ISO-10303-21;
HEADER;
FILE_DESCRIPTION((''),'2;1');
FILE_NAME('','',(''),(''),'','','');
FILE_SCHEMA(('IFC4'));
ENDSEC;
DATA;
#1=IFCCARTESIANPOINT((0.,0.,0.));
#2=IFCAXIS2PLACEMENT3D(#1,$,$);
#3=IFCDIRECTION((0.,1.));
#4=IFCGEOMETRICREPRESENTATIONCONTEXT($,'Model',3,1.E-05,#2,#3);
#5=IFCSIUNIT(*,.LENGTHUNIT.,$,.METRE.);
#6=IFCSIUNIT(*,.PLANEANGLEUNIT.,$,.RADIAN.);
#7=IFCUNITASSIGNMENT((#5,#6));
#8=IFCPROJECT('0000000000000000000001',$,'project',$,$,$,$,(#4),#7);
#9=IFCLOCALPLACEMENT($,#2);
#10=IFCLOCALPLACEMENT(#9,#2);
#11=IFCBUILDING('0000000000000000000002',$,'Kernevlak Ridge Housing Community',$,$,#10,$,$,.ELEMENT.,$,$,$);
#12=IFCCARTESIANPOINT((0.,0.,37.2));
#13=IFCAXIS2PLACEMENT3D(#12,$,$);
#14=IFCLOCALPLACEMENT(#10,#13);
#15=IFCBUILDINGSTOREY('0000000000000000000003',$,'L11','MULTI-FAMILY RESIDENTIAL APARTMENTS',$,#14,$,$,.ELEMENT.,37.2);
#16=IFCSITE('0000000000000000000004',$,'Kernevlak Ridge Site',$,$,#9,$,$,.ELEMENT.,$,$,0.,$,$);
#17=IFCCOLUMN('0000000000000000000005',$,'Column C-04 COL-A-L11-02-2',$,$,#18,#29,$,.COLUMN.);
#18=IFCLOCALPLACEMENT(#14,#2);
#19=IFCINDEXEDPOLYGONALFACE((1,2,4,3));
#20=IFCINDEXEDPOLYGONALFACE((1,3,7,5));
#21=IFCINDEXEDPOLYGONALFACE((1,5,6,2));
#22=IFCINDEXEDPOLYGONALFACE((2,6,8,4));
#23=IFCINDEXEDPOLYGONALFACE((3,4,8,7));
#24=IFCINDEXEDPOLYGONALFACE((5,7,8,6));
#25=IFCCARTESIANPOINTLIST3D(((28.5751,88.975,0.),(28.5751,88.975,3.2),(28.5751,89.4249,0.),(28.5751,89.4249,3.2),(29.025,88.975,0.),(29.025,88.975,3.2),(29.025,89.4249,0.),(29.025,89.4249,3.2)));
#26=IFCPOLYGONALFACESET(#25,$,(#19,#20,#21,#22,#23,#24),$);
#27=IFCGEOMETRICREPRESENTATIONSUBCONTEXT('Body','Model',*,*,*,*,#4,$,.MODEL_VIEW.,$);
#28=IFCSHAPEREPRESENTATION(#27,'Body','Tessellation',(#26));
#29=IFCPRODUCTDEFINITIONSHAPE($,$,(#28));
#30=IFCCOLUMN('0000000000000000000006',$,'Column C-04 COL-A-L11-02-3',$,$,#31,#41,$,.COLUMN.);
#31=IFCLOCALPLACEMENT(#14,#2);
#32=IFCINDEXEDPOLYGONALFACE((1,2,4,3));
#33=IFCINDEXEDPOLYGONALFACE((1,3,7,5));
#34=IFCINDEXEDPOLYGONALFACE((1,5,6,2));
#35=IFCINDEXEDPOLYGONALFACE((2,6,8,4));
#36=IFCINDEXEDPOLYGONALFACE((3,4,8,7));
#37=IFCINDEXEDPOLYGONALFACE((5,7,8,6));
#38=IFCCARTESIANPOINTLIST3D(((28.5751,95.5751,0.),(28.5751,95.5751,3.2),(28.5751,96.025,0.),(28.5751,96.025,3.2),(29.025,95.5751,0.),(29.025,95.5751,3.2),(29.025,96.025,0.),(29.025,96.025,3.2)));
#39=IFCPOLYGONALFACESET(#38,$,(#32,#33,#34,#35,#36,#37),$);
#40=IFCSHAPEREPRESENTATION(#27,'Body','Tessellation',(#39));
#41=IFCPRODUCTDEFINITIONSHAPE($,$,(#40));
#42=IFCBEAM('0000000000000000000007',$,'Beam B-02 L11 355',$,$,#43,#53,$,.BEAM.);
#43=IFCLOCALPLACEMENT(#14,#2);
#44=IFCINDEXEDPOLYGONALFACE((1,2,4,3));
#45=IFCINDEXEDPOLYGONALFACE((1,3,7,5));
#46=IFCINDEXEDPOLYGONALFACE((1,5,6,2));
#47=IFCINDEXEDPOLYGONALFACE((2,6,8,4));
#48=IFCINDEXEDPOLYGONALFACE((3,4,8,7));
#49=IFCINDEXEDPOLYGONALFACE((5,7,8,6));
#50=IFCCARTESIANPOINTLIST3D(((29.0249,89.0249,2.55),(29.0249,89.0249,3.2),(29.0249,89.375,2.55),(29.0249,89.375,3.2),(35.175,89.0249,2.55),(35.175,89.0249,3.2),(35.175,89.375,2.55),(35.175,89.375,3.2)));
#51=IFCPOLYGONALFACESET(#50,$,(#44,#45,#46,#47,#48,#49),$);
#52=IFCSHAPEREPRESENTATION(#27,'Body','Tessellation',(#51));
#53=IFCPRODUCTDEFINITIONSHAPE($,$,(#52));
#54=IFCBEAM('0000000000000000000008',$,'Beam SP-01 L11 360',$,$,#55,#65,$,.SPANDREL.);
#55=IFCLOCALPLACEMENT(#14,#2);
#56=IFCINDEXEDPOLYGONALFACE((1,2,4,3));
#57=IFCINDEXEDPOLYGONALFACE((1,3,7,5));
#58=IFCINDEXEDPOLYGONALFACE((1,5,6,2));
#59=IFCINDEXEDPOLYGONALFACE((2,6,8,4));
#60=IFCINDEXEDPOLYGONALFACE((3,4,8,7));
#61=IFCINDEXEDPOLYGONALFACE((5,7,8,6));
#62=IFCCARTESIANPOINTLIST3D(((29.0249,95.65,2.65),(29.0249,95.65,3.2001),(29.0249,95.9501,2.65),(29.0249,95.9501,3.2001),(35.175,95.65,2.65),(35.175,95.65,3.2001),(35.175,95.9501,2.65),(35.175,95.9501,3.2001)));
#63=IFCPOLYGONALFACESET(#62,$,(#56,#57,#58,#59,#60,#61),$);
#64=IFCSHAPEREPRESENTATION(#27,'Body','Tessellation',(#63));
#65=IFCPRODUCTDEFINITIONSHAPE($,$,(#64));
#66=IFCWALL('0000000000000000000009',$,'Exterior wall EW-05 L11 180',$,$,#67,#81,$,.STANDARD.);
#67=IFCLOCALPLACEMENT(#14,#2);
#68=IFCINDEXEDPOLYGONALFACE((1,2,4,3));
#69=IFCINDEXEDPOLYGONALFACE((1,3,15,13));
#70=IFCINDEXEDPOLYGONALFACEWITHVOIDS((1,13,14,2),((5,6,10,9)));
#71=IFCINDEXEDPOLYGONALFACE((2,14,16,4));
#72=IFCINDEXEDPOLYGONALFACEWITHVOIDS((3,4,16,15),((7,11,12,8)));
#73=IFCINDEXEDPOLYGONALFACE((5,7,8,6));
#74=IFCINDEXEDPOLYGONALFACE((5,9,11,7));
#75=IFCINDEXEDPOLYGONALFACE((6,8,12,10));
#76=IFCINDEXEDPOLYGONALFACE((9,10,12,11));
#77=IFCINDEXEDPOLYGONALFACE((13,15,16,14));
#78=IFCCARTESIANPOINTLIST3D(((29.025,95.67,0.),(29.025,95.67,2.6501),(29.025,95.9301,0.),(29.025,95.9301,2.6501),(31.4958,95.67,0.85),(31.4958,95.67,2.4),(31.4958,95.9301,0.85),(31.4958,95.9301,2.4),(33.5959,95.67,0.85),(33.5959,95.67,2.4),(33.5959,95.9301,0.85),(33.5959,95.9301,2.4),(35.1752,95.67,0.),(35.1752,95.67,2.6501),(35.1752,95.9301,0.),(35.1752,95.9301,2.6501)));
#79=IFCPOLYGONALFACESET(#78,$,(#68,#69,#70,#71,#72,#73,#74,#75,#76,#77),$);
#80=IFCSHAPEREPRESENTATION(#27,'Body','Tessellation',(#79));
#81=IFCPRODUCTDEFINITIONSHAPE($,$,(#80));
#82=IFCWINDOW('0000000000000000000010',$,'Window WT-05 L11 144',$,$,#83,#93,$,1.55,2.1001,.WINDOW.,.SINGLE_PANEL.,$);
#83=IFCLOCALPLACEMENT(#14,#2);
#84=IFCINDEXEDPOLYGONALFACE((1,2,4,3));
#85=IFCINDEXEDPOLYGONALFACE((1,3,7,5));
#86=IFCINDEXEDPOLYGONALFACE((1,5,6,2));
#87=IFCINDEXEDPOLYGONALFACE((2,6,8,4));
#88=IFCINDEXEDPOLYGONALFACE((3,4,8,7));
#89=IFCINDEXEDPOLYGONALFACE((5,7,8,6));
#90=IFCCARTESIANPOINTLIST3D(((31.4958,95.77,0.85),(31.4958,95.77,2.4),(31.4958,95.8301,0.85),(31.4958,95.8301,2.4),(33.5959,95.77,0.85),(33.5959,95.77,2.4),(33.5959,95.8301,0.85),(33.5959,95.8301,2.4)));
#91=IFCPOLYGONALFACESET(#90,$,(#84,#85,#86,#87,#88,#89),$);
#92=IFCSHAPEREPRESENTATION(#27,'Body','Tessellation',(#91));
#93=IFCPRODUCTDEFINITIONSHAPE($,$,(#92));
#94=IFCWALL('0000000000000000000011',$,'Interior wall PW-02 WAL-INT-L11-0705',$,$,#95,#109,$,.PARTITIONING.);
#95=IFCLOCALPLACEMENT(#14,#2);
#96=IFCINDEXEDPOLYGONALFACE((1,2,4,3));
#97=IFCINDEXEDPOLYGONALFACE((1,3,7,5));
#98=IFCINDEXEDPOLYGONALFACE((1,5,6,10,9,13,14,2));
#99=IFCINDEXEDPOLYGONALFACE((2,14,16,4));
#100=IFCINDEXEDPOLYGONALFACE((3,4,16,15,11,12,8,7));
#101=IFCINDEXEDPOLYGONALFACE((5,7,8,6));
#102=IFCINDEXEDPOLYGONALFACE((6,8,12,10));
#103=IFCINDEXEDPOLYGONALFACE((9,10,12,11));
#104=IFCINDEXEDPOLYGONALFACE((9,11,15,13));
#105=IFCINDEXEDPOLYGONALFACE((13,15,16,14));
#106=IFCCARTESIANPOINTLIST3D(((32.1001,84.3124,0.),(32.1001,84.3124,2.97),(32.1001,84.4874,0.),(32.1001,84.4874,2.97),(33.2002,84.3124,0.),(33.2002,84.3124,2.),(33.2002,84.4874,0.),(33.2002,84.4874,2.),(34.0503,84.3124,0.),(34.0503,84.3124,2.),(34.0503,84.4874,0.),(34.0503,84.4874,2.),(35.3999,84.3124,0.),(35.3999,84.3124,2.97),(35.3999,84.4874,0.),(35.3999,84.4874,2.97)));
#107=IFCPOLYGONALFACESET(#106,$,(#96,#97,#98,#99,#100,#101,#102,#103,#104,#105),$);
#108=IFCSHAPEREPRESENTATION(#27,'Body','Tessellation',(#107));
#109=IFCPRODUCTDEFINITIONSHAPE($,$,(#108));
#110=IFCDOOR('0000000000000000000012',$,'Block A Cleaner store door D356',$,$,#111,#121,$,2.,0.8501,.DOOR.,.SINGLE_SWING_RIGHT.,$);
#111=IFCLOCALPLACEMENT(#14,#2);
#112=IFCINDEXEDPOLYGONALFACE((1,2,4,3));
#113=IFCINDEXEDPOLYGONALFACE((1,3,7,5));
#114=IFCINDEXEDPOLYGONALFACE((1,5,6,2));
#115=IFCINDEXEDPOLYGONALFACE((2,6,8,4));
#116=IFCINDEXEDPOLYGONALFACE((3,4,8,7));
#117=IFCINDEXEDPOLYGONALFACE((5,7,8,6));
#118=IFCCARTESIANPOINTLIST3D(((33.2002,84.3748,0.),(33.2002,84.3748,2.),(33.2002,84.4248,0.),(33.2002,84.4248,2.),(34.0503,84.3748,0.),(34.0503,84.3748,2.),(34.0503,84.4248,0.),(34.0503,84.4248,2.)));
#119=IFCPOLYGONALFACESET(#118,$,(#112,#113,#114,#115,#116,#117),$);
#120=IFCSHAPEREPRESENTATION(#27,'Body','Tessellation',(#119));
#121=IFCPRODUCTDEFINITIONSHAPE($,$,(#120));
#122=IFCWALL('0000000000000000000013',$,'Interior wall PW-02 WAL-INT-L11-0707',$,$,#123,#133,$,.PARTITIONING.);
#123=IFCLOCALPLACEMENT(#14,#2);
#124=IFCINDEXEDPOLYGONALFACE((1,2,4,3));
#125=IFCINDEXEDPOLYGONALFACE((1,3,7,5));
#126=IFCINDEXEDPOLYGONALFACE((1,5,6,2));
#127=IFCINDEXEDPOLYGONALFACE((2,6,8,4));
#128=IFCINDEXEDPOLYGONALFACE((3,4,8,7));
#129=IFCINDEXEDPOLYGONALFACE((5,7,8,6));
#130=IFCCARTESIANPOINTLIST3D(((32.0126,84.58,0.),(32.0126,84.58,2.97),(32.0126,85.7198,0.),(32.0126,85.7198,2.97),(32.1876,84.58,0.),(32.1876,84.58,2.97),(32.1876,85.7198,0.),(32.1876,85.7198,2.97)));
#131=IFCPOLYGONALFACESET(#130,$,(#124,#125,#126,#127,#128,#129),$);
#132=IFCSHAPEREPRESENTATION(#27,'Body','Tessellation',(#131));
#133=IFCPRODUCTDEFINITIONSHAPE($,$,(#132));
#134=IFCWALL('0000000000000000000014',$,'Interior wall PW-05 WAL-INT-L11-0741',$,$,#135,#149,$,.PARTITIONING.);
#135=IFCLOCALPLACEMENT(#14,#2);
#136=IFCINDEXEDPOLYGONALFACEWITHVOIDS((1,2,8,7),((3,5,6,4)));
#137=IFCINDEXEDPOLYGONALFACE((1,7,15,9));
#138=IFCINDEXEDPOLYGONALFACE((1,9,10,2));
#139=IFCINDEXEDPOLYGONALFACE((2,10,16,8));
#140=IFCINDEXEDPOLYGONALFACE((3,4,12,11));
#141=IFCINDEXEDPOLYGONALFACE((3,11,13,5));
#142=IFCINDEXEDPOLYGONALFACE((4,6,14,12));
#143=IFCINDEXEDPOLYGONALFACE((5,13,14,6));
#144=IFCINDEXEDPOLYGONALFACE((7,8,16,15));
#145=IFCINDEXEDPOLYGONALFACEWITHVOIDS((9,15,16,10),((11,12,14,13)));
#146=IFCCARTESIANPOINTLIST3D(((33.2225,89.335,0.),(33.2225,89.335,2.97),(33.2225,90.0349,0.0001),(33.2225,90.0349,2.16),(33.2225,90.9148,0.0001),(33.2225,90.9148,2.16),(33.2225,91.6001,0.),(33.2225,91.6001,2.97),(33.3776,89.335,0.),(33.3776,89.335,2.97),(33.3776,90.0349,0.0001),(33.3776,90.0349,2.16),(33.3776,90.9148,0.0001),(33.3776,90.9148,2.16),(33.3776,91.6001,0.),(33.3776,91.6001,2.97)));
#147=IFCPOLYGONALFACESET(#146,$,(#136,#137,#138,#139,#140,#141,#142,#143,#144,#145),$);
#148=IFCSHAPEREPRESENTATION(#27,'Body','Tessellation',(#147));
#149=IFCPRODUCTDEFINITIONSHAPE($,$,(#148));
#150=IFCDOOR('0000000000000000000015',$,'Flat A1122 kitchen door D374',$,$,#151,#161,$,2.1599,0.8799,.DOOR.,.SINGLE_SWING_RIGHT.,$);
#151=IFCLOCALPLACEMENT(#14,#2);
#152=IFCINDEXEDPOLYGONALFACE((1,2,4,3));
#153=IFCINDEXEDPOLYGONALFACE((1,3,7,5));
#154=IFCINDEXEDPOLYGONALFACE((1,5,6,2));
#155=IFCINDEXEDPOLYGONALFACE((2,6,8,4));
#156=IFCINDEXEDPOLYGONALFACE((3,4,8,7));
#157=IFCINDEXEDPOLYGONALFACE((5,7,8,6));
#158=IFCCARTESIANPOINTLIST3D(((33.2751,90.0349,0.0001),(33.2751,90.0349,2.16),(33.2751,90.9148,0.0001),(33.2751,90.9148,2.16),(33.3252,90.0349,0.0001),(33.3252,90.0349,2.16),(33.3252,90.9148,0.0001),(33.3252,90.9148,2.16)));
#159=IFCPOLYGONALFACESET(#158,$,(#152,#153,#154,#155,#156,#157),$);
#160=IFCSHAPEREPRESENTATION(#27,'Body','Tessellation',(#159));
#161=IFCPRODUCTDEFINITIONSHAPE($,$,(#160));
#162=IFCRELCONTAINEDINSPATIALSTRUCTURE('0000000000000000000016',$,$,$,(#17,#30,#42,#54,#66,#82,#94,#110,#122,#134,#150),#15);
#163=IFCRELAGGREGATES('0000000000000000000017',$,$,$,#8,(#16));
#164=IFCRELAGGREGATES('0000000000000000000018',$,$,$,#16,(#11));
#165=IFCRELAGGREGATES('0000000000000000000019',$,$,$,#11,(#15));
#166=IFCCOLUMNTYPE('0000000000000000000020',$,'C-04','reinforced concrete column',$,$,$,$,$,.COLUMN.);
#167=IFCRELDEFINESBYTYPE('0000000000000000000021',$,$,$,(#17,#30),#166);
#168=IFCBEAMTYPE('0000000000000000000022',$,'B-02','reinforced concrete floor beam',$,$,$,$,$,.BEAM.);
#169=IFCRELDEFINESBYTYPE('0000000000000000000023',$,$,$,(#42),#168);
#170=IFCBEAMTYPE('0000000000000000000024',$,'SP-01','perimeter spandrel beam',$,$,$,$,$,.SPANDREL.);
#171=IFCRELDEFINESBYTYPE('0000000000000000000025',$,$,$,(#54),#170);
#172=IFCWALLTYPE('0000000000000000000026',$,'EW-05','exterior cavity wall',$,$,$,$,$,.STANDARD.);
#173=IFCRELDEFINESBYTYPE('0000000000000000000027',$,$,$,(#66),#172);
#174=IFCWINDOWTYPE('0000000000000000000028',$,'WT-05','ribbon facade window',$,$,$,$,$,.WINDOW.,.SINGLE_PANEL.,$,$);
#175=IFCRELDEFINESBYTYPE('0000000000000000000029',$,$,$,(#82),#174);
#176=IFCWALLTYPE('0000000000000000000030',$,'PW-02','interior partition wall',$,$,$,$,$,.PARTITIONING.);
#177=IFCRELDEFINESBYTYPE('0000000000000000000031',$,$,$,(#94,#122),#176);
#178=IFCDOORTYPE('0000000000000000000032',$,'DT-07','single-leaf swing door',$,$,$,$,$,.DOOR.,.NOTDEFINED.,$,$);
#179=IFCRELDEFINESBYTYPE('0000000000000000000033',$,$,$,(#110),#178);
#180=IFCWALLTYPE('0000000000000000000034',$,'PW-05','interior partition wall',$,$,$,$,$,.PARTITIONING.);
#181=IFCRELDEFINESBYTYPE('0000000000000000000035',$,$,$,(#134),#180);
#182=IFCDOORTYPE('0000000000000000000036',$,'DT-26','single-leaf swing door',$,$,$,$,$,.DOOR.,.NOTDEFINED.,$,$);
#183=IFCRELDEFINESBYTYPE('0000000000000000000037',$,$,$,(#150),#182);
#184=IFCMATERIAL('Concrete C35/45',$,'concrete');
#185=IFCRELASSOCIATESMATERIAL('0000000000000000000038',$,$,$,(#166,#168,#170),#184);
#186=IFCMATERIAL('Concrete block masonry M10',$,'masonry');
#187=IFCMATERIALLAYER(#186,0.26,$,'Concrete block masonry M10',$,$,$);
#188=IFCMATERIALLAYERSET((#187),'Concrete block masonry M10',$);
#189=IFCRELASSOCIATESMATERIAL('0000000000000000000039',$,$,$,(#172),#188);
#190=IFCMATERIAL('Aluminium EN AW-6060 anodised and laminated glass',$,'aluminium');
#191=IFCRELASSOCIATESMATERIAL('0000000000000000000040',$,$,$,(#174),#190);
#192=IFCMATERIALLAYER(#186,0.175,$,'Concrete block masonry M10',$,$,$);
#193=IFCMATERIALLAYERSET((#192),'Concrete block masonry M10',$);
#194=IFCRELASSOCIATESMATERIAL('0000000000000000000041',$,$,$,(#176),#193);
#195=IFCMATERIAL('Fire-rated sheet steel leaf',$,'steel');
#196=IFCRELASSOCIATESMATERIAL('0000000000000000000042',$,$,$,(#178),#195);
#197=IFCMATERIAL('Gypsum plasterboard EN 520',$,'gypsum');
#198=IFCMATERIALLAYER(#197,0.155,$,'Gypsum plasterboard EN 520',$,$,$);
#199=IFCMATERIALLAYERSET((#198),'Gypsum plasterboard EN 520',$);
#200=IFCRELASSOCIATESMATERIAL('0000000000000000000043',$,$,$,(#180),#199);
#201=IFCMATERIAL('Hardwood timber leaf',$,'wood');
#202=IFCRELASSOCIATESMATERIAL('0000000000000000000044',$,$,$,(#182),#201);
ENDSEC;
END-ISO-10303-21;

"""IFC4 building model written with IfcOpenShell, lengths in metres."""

from ifc_helpers import new_model, si_unit, direction, frame, frame_2d, origin, origin_2d, place, context, subcontext, project, spatial, rectangle, extrude, material, layer, layer_set, material_profile, profile_set, type_object, element, fill, save


model = new_model("IFC4")

# Units and contexts
model_context = context("Model", 3, precision=1e-05, world=origin(), true_north=direction((0.0, 1.0)))
body_context = subcontext(model_context, "Body", "Model", "MODEL_VIEW")
ifc_project = project(units=[si_unit("LENGTHUNIT", "METRE"), si_unit("PLANEANGLEUNIT", "RADIAN")], contexts=[model_context])

# Site, building, storey
site_placement = place(None, origin())
site = spatial("IfcSite", under=ifc_project, at=site_placement, Name="Kernevlak Ridge Site", CompositionType="ELEMENT", RefElevation=0.0)
building_placement = place(site_placement, origin())
building = spatial("IfcBuilding", under=site, at=building_placement, Name="Kernevlak Ridge Housing Community", CompositionType="ELEMENT")
storey_placement = place(building_placement, frame((0.0, 0.0, 37.2)))
storey = spatial("IfcBuildingStorey", under=building, at=storey_placement, Name="L11", Description="MULTI-FAMILY RESIDENTIAL APARTMENTS", CompositionType="ELEMENT", Elevation=37.2)

# Columns
ifc_material_1 = material(Name="Concrete C35/45", Category="concrete")
ifc_material_profile_1 = material_profile(ifc_material_1, rectangle(XDim=0.45, YDim=0.45, at=origin_2d()), Name="RC 450x450")
ifc_profile_set_1 = profile_set([ifc_material_profile_1], Name="Concrete C35/45")
column_type = type_object("IfcColumnType", Name="C-04", Description="reinforced concrete column", PredefinedType="COLUMN", material=ifc_profile_set_1)
for number, where, z_axis, x_axis, name in (
    (1, (28.8, 89.2, 0.0), (0.0, 0.0, 1.0), (1.0, 0.0, 0.0), "Column C-04 COL-A-L11-02-2"),
    (2, (28.8, 95.8, 0.0), (0.0, 0.0, 1.0), (1.0, 0.0, 0.0), "Column C-04 COL-A-L11-02-3"),
):
    element("IfcColumn", number, at=place(storey_placement, frame(where, z_axis=z_axis, x_axis=x_axis)), inside=storey, type_object=column_type, Name=name, PredefinedType="COLUMN", context=body_context, shape_type="SweptSolid", body=[
        extrude(rectangle(XDim=0.45, YDim=0.45, at=origin_2d()), origin(), (0.0, 0.0, 1.0), 3.2),
    ])

# Beams
ifc_material_profile_2 = material_profile(ifc_material_1, rectangle(XDim=0.3501, YDim=0.6499, at=origin_2d()), Name="RC 350x650")
ifc_profile_set_2 = profile_set([ifc_material_profile_2], Name="Concrete C35/45")
beam_type_1 = type_object("IfcBeamType", Name="B-02", Description="reinforced concrete floor beam", PredefinedType="BEAM", material=ifc_profile_set_2)
beam_1_placement = place(storey_placement, frame((29.0249, 89.2, 2.875), z_axis=(1.0, 0.0, 0.0), x_axis=(0.0, 1.0, 0.0)))
element("IfcBeam", 3, at=beam_1_placement, inside=storey, type_object=beam_type_1, Name="Beam B-02 L11 355", PredefinedType="BEAM", context=body_context, shape_type="SweptSolid", body=[
    extrude(rectangle(XDim=0.3501, YDim=0.6499, at=origin_2d()), origin(), (0.0, 0.0, 1.0), 6.1501),
])
ifc_material_profile_3 = material_profile(ifc_material_1, rectangle(XDim=0.3, YDim=0.55, at=origin_2d()), Name="RC 300x550")
ifc_profile_set_3 = profile_set([ifc_material_profile_3], Name="Concrete C35/45")
beam_type_2 = type_object("IfcBeamType", Name="SP-01", Description="perimeter spandrel beam", PredefinedType="SPANDREL", material=ifc_profile_set_3)
beam_2_placement = place(storey_placement, frame((29.0249, 95.8, 2.925), z_axis=(1.0, 0.0, 0.0), x_axis=(0.0, 1.0, 0.0)))
element("IfcBeam", 4, at=beam_2_placement, inside=storey, type_object=beam_type_2, Name="Beam SP-01 L11 360", PredefinedType="SPANDREL", context=body_context, shape_type="SweptSolid", body=[
    extrude(rectangle(XDim=0.3, YDim=0.55, at=origin_2d()), origin(), (0.0, 0.0, 1.0), 6.1501),
])

# Wall, opening, window
ifc_material_2 = material(Name="Concrete block masonry M10", Category="masonry")
ifc_layer_1 = layer(ifc_material_2, 0.26, Name="Concrete block masonry M10")
ifc_layer_set_1 = layer_set([ifc_layer_1], Name="Concrete block masonry M10")
wall_type_1 = type_object("IfcWallType", Name="EW-05", Description="exterior cavity wall", PredefinedType="STANDARD", material=ifc_layer_set_1)
wall_1_placement = place(storey_placement, frame((29.0249, 95.8, 0.0), z_axis=(0.0, 0.0, 1.0), x_axis=(1.0, 0.0, 0.0)))
wall_1 = element("IfcWall", 5, at=wall_1_placement, inside=storey, type_object=wall_type_1, Name="Exterior wall EW-05 L11 180", PredefinedType="STANDARD", context=body_context, shape_type="SweptSolid", body=[
    extrude(rectangle(XDim=6.1501, YDim=0.26, at=frame_2d((3.0752, 0.0))), origin(), (0.0, 0.0, 1.0), 2.6501),
])
opening_1_placement = place(wall_1_placement, frame((2.4709, 0.0, 0.8501)))
opening_1 = element("IfcOpeningElement", 6, at=opening_1_placement, cuts=wall_1, PredefinedType="OPENING", context=body_context, shape_type="SweptSolid", body=[
    extrude(rectangle(XDim=2.1001, YDim=1.55, at=frame_2d((1.05, 0.7749))), frame((0.0, 0.1399, 0.0), z_axis=(0.0, -1.0, 0.0), x_axis=(1.0, 0.0, 0.0)), (0.0, 0.0, 1.0), 0.28),
])
ifc_material_3 = material(Name="Aluminium EN AW-6060 anodised and laminated glass", Category="aluminium")
window_type = type_object("IfcWindowType", Name="WT-05", Description="ribbon facade window", PartitioningType="SINGLE_PANEL", PredefinedType="WINDOW", material=ifc_material_3)
window_placement = place(opening_1_placement, origin())
window = element("IfcWindow", 7, at=window_placement, inside=storey, type_object=window_type, Name="Window WT-05 L11 144", OverallHeight=1.55, OverallWidth=2.1001, PartitioningType="SINGLE_PANEL", PredefinedType="WINDOW", context=body_context, shape_type="SweptSolid", body=[
    extrude(rectangle(XDim=2.1001, YDim=1.55, at=frame_2d((1.05, 0.7749))), frame((0.0, 0.03, 0.0), z_axis=(0.0, -1.0, 0.0), x_axis=(1.0, 0.0, 0.0)), (0.0, 0.0, 1.0), 0.0601),
])
fill(opening_1, window)

# Wall, opening, door
ifc_layer_2 = layer(ifc_material_2, 0.175, Name="Concrete block masonry M10")
ifc_layer_set_2 = layer_set([ifc_layer_2], Name="Concrete block masonry M10")
wall_type_2 = type_object("IfcWallType", Name="PW-02", Description="interior partition wall", PredefinedType="PARTITIONING", material=ifc_layer_set_2)
wall_2_placement = place(storey_placement, frame((32.1001, 84.3999, 0.0), z_axis=(0.0, 0.0, 1.0), x_axis=(1.0, 0.0, 0.0)))
wall_2 = element("IfcWall", 8, at=wall_2_placement, inside=storey, type_object=wall_type_2, Name="Interior wall PW-02 WAL-INT-L11-0705", PredefinedType="PARTITIONING", context=body_context, shape_type="SweptSolid", body=[
    extrude(rectangle(XDim=3.2998, YDim=0.175, at=frame_2d((1.6499, 0.0))), origin(), (0.0, 0.0, 1.0), 2.97),
])
opening_2_placement = place(wall_2_placement, frame((1.1001, 0.0, 0.0)))
opening_2 = element("IfcOpeningElement", 9, at=opening_2_placement, cuts=wall_2, PredefinedType="OPENING", context=body_context, shape_type="SweptSolid", body=[
    extrude(rectangle(XDim=0.8501, YDim=2.0, at=frame_2d((0.425, 1.0))), frame((0.0, 0.0974, 0.0), z_axis=(0.0, -1.0, 0.0), x_axis=(1.0, 0.0, 0.0)), (0.0, 0.0, 1.0), 0.1951),
])
ifc_material_4 = material(Name="Fire-rated sheet steel leaf", Category="steel")
door_type_1 = type_object("IfcDoorType", Name="DT-07", Description="single-leaf swing door", OperationType="NOTDEFINED", PredefinedType="DOOR", material=ifc_material_4)
door_1_placement = place(opening_2_placement, origin())
door_1 = element("IfcDoor", 10, at=door_1_placement, inside=storey, type_object=door_type_1, Name="Block A Cleaner store door D356", OperationType="SINGLE_SWING_RIGHT", OverallHeight=2.0, OverallWidth=0.8501, PredefinedType="DOOR", context=body_context, shape_type="SweptSolid", body=[
    extrude(rectangle(XDim=0.8501, YDim=2.0, at=frame_2d((0.425, 1.0))), frame((0.0, 0.0249, 0.0), z_axis=(0.0, -1.0, 0.0), x_axis=(1.0, 0.0, 0.0)), (0.0, 0.0, 1.0), 0.05),
])
fill(opening_2, door_1)

# Wall
wall_3_placement = place(storey_placement, frame((32.1001, 84.5801, 0.0), z_axis=(0.0, 0.0, 1.0), x_axis=(0.0, 1.0, 0.0)))
element("IfcWall", 11, at=wall_3_placement, inside=storey, type_object=wall_type_2, Name="Interior wall PW-02 WAL-INT-L11-0707", PredefinedType="PARTITIONING", context=body_context, shape_type="SweptSolid", body=[
    extrude(rectangle(XDim=1.1399, YDim=0.175, at=frame_2d((0.5698, 0.0))), origin(), (0.0, 0.0, 1.0), 2.97),
])

# Wall, opening, door
ifc_material_5 = material(Name="Gypsum plasterboard EN 520", Category="gypsum")
ifc_layer_3 = layer(ifc_material_5, 0.155, Name="Gypsum plasterboard EN 520")
ifc_layer_set_3 = layer_set([ifc_layer_3], Name="Gypsum plasterboard EN 520")
wall_type_3 = type_object("IfcWallType", Name="PW-05", Description="interior partition wall", PredefinedType="PARTITIONING", material=ifc_layer_set_3)
wall_4_placement = place(storey_placement, frame((33.3, 89.335, 0.0), z_axis=(0.0, 0.0, 1.0), x_axis=(0.0, 1.0, 0.0)))
wall_4 = element("IfcWall", 12, at=wall_4_placement, inside=storey, type_object=wall_type_3, Name="Interior wall PW-05 WAL-INT-L11-0741", PredefinedType="PARTITIONING", context=body_context, shape_type="SweptSolid", body=[
    extrude(rectangle(XDim=2.2651, YDim=0.155, at=frame_2d((1.1326, 0.0))), origin(), (0.0, 0.0, 1.0), 2.97),
])
opening_3_placement = place(wall_4_placement, frame((0.7, 0.0, 0.0)))
opening_3 = element("IfcOpeningElement", 13, at=opening_3_placement, cuts=wall_4, PredefinedType="OPENING", context=body_context, shape_type="SweptSolid", body=[
    extrude(rectangle(XDim=0.8799, YDim=2.1599, at=frame_2d((0.4399, 1.0801))), frame((0.0, 0.0874, 0.0), z_axis=(0.0, -1.0, 0.0), x_axis=(1.0, 0.0, 0.0)), (0.0, 0.0, 1.0), 0.175),
])
ifc_material_6 = material(Name="Hardwood timber leaf", Category="wood")
door_type_2 = type_object("IfcDoorType", Name="DT-26", Description="single-leaf swing door", OperationType="NOTDEFINED", PredefinedType="DOOR", material=ifc_material_6)
door_2_placement = place(opening_3_placement, origin())
door_2 = element("IfcDoor", 14, at=door_2_placement, inside=storey, type_object=door_type_2, Name="Flat A1122 kitchen door D374", OperationType="SINGLE_SWING_RIGHT", OverallHeight=2.1599, OverallWidth=0.8799, PredefinedType="DOOR", context=body_context, shape_type="SweptSolid", body=[
    extrude(rectangle(XDim=0.8799, YDim=2.1599, at=frame_2d((0.4399, 1.0801))), frame((0.0, 0.0249, 0.0), z_axis=(0.0, -1.0, 0.0), x_axis=(1.0, 0.0, 0.0)), (0.0, 0.0, 1.0), 0.05),
])
fill(opening_3, door_2)

save(model, "model.ifc")
